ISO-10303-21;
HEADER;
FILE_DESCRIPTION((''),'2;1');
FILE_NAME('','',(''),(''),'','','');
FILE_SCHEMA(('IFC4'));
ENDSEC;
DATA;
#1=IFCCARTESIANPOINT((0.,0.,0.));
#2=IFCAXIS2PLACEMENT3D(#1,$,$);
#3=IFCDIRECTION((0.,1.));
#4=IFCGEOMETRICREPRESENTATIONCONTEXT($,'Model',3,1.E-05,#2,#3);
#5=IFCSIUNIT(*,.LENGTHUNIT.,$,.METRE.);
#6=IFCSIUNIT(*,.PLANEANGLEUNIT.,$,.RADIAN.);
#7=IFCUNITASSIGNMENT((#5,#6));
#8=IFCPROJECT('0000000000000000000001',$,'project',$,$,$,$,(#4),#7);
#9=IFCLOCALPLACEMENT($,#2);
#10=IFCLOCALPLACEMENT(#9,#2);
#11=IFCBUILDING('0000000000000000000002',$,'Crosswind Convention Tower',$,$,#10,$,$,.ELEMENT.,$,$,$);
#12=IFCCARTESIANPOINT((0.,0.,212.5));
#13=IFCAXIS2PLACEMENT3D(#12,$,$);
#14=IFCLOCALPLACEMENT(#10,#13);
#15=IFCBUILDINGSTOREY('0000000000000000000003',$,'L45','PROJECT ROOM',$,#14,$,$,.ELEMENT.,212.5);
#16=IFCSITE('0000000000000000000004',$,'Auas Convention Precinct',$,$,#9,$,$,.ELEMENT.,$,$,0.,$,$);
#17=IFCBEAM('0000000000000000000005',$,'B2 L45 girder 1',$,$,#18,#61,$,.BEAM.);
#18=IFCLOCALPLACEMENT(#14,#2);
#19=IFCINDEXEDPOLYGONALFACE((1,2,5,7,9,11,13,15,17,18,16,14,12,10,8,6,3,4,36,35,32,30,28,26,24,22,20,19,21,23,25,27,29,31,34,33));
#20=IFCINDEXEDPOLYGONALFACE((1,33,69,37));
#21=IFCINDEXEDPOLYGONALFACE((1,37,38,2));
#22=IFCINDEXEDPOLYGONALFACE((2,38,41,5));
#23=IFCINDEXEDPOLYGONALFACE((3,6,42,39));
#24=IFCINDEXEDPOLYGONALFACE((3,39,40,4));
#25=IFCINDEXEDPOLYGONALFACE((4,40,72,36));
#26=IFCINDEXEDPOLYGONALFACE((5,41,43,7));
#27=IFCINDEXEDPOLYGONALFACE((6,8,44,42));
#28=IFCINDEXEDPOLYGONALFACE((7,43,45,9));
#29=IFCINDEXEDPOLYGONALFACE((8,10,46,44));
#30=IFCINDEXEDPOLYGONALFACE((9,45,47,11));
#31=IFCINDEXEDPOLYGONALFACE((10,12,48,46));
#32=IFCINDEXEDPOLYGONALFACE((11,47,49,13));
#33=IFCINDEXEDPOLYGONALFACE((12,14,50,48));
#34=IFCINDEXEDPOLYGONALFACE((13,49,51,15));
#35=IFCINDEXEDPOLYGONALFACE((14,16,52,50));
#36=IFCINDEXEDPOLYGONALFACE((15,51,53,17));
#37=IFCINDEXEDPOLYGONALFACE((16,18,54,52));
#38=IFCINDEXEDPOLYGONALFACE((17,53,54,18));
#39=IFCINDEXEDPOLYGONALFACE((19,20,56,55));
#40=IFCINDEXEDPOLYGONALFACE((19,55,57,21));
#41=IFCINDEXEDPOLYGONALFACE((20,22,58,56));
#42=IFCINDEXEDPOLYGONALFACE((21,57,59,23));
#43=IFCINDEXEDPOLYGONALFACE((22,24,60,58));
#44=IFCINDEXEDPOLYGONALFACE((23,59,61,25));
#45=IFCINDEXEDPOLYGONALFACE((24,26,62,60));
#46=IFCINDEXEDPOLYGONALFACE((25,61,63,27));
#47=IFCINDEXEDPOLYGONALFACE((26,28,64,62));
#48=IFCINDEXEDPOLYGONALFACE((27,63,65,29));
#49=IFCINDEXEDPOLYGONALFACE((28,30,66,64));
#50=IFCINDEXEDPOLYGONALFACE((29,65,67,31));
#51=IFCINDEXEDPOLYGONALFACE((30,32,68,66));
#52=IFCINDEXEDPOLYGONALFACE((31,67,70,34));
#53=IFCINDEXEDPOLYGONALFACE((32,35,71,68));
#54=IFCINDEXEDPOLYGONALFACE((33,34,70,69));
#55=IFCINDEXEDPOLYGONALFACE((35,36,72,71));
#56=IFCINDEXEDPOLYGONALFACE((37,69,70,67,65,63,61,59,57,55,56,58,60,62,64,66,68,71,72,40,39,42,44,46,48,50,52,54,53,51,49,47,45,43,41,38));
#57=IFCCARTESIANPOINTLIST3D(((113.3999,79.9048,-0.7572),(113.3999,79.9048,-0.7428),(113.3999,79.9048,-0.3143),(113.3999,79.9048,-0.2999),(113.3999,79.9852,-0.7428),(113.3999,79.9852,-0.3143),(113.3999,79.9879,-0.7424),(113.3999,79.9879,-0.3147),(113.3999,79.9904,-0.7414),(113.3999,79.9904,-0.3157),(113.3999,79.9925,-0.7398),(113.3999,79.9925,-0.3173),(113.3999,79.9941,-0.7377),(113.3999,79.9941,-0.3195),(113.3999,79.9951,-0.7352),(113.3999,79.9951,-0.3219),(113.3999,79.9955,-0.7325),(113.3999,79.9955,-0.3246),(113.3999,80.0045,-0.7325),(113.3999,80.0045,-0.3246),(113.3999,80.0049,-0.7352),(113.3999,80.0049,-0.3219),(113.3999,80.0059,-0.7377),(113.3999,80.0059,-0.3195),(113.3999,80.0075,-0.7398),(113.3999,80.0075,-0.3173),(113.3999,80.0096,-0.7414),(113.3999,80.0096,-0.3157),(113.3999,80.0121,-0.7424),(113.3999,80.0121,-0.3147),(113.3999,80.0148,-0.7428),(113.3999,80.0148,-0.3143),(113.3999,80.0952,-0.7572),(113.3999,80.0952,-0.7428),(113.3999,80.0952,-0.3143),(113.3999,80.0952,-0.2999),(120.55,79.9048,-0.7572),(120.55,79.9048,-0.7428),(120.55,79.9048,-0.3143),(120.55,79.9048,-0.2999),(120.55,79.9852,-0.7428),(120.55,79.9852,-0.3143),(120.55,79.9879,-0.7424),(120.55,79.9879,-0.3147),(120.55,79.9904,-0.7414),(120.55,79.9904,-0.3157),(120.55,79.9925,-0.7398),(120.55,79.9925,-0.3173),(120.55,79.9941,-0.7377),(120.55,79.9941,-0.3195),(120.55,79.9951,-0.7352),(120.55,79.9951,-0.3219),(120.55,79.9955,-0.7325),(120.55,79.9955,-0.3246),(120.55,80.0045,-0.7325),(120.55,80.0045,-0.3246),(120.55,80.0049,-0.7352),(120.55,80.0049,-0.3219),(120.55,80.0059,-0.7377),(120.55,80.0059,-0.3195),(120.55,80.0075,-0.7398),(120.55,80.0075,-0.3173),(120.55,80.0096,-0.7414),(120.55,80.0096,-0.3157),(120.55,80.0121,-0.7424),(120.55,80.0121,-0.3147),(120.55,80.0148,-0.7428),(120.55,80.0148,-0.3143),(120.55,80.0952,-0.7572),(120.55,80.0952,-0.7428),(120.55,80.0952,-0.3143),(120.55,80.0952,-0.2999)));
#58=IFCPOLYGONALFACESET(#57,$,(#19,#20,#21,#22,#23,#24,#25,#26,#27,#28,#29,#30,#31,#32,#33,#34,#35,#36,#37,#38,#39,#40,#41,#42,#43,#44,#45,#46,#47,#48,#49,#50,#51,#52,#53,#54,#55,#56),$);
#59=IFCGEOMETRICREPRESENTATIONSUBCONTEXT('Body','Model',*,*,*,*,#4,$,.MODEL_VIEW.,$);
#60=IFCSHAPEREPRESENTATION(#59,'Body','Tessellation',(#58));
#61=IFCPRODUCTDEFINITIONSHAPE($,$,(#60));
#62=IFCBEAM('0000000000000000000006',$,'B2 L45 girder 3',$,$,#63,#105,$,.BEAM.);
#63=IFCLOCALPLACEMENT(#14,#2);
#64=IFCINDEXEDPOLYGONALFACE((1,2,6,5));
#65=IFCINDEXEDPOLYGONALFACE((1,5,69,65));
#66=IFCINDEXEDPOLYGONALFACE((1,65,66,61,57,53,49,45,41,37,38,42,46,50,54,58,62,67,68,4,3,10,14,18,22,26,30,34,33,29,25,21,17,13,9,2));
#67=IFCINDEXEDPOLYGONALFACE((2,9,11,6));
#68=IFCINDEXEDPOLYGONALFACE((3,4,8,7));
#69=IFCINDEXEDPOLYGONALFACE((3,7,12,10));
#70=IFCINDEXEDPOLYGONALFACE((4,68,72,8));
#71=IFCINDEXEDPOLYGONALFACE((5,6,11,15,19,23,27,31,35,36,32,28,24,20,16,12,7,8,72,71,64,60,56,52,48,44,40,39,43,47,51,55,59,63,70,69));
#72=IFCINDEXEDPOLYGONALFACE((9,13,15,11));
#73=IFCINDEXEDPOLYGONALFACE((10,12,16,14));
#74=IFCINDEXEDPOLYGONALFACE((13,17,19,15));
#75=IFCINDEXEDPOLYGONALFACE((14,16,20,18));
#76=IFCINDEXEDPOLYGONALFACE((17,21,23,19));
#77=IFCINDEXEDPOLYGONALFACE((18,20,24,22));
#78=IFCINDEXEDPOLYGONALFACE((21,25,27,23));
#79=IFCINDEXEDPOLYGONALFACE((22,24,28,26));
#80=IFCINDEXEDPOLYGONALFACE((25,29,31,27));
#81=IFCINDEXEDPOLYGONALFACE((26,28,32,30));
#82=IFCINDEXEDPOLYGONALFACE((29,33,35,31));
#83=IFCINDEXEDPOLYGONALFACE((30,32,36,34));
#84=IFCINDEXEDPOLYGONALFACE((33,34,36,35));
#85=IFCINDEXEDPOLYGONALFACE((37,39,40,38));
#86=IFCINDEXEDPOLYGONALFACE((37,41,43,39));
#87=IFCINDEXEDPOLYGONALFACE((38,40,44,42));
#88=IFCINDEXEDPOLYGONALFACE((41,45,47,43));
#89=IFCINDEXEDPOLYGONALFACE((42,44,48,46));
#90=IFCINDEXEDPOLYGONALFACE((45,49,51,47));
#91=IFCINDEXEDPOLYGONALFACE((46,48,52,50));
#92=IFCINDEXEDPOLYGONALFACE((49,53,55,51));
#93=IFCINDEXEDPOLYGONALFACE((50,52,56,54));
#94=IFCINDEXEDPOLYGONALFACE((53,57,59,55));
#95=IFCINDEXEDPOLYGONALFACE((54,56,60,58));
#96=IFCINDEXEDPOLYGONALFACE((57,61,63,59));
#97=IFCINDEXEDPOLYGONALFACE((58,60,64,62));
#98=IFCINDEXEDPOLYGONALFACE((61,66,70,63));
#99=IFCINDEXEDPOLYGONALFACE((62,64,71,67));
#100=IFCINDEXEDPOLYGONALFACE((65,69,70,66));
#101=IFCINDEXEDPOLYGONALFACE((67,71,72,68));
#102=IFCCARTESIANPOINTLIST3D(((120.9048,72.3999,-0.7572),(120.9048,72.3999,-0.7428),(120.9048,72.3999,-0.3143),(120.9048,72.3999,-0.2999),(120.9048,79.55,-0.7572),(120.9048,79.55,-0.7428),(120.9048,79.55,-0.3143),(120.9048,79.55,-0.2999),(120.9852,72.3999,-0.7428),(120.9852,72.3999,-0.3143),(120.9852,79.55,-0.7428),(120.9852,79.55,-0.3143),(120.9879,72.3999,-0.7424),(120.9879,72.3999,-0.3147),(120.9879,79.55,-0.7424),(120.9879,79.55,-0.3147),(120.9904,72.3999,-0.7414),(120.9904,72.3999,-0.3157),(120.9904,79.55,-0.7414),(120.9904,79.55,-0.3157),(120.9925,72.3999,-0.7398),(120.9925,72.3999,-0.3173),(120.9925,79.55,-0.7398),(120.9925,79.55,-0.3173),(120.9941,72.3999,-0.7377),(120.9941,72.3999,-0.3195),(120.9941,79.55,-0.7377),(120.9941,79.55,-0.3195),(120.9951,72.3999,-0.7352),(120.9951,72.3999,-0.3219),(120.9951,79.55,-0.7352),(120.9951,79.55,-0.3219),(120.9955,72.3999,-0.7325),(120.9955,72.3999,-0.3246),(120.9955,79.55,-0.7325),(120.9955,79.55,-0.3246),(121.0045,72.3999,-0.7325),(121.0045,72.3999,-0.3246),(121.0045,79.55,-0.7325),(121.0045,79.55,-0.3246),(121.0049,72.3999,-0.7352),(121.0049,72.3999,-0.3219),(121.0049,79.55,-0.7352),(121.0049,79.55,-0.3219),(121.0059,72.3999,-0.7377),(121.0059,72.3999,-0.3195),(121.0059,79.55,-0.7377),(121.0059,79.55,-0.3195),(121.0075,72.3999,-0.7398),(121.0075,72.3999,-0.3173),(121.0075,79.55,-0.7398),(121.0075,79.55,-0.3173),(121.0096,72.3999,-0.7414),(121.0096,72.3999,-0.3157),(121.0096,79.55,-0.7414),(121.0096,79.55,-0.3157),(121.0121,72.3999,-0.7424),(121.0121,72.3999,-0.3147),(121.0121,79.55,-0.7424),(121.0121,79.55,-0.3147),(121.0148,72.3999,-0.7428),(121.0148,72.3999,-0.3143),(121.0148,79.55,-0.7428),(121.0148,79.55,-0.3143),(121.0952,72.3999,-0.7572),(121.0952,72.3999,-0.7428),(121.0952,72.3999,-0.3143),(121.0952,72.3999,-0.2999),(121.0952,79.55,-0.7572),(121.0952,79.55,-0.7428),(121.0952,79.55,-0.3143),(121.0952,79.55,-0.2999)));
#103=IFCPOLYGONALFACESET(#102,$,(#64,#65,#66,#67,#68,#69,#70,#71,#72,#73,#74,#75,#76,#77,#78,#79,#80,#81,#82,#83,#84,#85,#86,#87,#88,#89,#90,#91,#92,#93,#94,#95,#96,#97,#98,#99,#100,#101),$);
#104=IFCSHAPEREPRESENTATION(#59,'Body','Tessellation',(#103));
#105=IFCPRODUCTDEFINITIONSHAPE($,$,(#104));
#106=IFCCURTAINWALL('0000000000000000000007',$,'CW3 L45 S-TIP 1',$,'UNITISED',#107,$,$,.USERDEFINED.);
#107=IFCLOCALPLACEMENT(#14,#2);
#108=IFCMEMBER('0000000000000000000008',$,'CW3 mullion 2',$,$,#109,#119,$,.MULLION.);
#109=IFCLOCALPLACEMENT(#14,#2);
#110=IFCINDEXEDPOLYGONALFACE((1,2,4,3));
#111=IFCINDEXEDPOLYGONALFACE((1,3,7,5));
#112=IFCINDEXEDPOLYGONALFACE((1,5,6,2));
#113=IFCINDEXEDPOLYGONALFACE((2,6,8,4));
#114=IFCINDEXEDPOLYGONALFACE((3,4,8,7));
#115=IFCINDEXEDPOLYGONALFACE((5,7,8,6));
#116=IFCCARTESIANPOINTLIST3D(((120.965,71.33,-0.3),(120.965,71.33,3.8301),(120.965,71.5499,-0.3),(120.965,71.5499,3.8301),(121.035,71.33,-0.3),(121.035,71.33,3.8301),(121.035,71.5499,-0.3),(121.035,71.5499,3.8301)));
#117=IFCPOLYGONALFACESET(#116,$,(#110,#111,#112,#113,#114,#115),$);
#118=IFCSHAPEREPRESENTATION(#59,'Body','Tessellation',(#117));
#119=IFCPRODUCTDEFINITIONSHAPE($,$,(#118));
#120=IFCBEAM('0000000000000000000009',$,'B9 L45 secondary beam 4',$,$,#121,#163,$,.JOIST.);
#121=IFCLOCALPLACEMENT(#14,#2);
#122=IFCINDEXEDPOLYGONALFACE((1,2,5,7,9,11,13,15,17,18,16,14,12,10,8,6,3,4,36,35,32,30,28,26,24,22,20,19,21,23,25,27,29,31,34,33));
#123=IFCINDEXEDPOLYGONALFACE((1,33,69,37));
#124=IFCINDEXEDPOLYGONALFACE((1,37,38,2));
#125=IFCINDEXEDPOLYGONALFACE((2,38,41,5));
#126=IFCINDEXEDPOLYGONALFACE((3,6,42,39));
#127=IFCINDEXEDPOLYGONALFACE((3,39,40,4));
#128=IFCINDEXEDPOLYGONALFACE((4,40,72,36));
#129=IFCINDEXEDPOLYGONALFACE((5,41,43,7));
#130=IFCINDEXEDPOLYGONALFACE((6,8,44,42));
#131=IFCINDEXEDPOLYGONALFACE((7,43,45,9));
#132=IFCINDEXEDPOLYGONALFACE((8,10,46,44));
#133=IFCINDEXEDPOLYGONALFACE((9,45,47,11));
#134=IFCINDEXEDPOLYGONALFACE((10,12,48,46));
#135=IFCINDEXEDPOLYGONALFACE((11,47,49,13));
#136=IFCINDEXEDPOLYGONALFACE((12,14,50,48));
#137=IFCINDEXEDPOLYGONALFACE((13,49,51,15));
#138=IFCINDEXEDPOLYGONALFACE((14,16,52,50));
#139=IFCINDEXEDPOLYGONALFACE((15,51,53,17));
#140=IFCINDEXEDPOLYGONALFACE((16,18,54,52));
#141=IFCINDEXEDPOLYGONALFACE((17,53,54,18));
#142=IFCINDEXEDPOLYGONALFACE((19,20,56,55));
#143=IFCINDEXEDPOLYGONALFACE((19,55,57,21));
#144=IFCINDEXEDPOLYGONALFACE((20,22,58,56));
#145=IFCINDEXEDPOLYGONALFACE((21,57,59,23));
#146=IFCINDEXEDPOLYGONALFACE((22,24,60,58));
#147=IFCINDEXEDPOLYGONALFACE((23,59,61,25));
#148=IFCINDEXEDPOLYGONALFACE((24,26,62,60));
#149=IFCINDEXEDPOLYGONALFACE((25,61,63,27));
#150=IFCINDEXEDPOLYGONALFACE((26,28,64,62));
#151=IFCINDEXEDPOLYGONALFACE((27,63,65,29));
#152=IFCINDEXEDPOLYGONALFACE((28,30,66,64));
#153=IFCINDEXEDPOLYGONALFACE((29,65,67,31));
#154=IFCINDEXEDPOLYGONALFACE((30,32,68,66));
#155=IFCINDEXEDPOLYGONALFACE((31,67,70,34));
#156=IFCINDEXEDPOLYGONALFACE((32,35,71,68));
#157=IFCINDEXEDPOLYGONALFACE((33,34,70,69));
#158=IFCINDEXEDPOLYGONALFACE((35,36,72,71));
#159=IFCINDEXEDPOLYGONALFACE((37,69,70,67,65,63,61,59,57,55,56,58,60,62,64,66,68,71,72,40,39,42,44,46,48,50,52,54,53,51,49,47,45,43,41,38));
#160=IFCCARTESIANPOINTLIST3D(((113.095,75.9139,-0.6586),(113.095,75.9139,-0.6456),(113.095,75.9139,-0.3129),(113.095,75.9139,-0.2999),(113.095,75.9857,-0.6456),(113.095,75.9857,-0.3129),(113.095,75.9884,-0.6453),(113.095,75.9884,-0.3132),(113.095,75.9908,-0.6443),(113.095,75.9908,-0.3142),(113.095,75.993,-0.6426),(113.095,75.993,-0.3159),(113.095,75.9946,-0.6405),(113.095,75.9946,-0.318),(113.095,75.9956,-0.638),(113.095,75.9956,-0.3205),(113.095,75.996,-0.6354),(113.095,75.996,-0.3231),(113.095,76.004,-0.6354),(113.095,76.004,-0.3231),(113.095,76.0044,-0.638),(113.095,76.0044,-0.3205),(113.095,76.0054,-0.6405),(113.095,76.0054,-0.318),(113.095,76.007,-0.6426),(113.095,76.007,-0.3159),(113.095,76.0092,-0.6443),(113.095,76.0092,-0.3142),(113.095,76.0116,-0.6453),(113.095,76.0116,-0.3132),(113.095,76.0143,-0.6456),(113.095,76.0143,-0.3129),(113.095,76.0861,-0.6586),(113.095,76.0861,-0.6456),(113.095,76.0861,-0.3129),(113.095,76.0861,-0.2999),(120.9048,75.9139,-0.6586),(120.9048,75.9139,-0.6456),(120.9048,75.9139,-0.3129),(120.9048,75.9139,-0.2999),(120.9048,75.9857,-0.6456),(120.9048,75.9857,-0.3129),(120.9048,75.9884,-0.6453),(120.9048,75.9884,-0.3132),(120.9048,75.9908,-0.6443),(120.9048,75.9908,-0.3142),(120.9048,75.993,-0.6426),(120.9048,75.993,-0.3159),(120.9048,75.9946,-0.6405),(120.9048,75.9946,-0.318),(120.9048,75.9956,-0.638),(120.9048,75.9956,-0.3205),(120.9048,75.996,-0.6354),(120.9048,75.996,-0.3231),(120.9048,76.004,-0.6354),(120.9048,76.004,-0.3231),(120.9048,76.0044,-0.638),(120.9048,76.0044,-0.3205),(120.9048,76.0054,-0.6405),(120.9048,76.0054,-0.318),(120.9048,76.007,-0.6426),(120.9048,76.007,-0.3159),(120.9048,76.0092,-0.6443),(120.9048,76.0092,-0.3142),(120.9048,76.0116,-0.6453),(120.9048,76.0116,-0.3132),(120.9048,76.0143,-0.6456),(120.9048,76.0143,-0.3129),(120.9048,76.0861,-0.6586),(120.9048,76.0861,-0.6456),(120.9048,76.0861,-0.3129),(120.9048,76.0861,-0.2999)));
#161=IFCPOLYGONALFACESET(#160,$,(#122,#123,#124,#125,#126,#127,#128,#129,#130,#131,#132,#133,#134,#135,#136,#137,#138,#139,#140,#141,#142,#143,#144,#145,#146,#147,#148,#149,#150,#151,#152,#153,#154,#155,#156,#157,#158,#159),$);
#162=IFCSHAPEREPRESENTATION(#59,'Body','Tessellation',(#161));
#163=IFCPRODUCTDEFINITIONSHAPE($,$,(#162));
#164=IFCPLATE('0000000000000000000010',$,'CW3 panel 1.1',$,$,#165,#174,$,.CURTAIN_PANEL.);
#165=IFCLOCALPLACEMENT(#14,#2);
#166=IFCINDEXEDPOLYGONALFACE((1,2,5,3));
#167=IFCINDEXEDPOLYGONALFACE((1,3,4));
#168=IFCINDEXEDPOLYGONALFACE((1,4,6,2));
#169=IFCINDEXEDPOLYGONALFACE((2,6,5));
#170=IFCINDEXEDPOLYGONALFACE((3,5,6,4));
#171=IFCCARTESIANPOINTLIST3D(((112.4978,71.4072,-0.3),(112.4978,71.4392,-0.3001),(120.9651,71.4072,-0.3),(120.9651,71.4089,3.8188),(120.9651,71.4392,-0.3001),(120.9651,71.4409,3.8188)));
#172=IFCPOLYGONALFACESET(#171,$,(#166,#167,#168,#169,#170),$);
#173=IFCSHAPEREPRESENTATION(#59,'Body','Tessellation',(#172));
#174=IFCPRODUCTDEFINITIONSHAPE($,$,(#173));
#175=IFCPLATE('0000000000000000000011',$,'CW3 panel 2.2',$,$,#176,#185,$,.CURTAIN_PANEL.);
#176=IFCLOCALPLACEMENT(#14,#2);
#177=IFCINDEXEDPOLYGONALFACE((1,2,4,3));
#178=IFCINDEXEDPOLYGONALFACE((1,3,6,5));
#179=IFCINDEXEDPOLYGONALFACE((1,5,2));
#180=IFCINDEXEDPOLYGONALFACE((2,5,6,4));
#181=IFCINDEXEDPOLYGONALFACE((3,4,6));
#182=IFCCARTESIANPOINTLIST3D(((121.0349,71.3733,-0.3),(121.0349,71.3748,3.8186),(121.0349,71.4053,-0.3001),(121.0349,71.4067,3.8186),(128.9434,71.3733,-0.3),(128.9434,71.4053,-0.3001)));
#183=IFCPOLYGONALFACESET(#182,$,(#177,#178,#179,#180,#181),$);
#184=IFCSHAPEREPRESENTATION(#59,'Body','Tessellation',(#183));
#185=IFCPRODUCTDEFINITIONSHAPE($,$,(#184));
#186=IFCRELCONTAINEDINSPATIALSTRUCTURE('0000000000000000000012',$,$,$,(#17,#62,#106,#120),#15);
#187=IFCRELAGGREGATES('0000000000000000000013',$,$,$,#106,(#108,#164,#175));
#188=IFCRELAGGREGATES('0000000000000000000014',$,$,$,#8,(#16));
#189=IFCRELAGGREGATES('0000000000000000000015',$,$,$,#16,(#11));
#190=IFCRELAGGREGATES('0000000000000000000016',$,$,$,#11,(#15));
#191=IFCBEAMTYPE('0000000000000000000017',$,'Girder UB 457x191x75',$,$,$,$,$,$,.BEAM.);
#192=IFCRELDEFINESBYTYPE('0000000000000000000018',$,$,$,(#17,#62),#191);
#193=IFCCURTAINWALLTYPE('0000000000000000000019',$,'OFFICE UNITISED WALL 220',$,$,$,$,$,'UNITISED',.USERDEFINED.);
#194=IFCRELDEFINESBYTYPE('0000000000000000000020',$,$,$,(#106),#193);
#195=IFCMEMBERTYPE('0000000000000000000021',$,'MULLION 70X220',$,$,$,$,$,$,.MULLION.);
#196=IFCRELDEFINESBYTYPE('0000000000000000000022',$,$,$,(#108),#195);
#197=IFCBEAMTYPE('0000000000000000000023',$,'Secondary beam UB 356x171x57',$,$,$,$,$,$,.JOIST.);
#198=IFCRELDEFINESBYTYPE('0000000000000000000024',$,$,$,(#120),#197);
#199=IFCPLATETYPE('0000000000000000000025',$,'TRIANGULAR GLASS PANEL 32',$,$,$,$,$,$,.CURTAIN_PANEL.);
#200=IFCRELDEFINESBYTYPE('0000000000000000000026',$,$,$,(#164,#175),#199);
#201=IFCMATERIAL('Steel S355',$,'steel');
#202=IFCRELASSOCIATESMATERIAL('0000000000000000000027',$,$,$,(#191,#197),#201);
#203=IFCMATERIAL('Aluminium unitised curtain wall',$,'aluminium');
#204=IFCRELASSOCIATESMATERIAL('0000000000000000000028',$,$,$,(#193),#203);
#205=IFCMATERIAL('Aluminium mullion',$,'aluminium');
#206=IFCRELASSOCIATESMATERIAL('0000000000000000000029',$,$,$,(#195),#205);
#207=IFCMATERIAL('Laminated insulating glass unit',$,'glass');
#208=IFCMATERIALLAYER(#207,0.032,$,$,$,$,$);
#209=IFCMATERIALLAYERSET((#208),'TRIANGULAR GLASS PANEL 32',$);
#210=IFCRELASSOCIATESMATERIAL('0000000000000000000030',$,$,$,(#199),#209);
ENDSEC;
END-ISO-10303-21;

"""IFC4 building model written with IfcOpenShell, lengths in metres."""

from ifc_helpers import new_model, si_unit, direction, frame, origin, origin_2d, place, context, subcontext, project, spatial, polyline, rectangle, i_section, outline, extrude, material, layer, layer_set, material_profile, profile_set, type_object, element, aggregate, save


model = new_model("IFC4")

# Units and contexts
model_context = context("Model", 3, precision=1e-05, world=origin(), true_north=direction((0.0, 1.0)))
body_context = subcontext(model_context, "Body", "Model", "MODEL_VIEW")
ifc_project = project(units=[si_unit("LENGTHUNIT", "METRE"), si_unit("PLANEANGLEUNIT", "RADIAN")], contexts=[model_context])

# Site, building, storey
site_placement = place(None, origin())
site = spatial("IfcSite", under=ifc_project, at=site_placement, Name="Auas Convention Precinct", CompositionType="ELEMENT", RefElevation=0.0)
building_placement = place(site_placement, origin())
building = spatial("IfcBuilding", under=site, at=building_placement, Name="Crosswind Convention Tower", CompositionType="ELEMENT")
storey_placement = place(building_placement, frame((0.0, 0.0, 212.5)))
storey = spatial("IfcBuildingStorey", under=building, at=storey_placement, Name="L45", Description="PROJECT ROOM", CompositionType="ELEMENT", Elevation=212.5)

# Beams
ifc_material_1 = material(Name="Steel S355", Category="steel")
ifc_material_profile_1 = material_profile(ifc_material_1, i_section(OverallWidth=0.1904, OverallDepth=0.4573, WebThickness=0.009, FlangeThickness=0.0144, FilletRadius=0.0103, at=origin_2d()), Name="UB 457x191x75")
ifc_profile_set_1 = profile_set([ifc_material_profile_1], Name="Steel S355")
beam_type_1 = type_object("IfcBeamType", Name="Girder UB 457x191x75", PredefinedType="BEAM", material=ifc_profile_set_1)
for number, where, z_axis, x_axis, name in (
    (1, (113.3999, 80.0, -0.5286), (1.0, 0.0, 0.0), (0.0, 1.0, 0.0), "B2 L45 girder 1"),
    (2, (121.0, 72.3999, -0.5286), (0.0, 1.0, 0.0), (-1.0, 0.0, 0.0), "B2 L45 girder 3"),
):
    element("IfcBeam", number, at=place(storey_placement, frame(where, z_axis=z_axis, x_axis=x_axis)), inside=storey, type_object=beam_type_1, Name=name, PredefinedType="BEAM", context=body_context, shape_type="SweptSolid", body=[
        extrude(i_section(OverallWidth=0.1904, OverallDepth=0.4573, WebThickness=0.009, FlangeThickness=0.0144, FilletRadius=0.0103, at=origin_2d()), origin(), (0.0, 0.0, 1.0), 7.1501),
    ])

# Curtain wall, member
ifc_material_2 = material(Name="Aluminium unitised curtain wall", Category="aluminium")
curtain_wall_type = type_object("IfcCurtainWallType", Name="OFFICE UNITISED WALL 220", ElementType="UNITISED", PredefinedType="USERDEFINED", material=ifc_material_2)
curtain_wall_placement = place(storey_placement, origin())
curtain_wall = element("IfcCurtainWall", 3, at=curtain_wall_placement, inside=storey, type_object=curtain_wall_type, Name="CW3 L45 S-TIP 1", ObjectType="UNITISED", PredefinedType="USERDEFINED")
ifc_material_3 = material(Name="Aluminium mullion", Category="aluminium")
ifc_material_profile_2 = material_profile(ifc_material_3, rectangle(XDim=0.22, YDim=0.0701, at=origin_2d()), Name="AL 220X70")
ifc_profile_set_2 = profile_set([ifc_material_profile_2], Name="Aluminium mullion")
member_type = type_object("IfcMemberType", Name="MULLION 70X220", PredefinedType="MULLION", material=ifc_profile_set_2)
member_placement = place(storey_placement, frame((121.0, 71.4399, -0.3), z_axis=(0.0, 0.0, 1.0), x_axis=(0.0, -1.0, 0.0)))
member = element("IfcMember", 4, at=member_placement, type_object=member_type, Name="CW3 mullion 2", PredefinedType="MULLION", context=body_context, shape_type="SweptSolid", body=[
    extrude(rectangle(XDim=0.22, YDim=0.0701, at=origin_2d()), origin(), (0.0, 0.0, 1.0), 4.1301),
])

# Beam
ifc_material_profile_3 = material_profile(ifc_material_1, i_section(OverallWidth=0.1721, OverallDepth=0.3586, WebThickness=0.0081, FlangeThickness=0.0129, FilletRadius=0.0103, at=origin_2d()), Name="UB 356x171x57")
ifc_profile_set_3 = profile_set([ifc_material_profile_3], Name="Steel S355")
beam_type_2 = type_object("IfcBeamType", Name="Secondary beam UB 356x171x57", PredefinedType="JOIST", material=ifc_profile_set_3)
beam_placement = place(storey_placement, frame((113.095, 76.0, -0.4792), z_axis=(1.0, 0.0, 0.0), x_axis=(0.0, 1.0, 0.0)))
element("IfcBeam", 5, at=beam_placement, inside=storey, type_object=beam_type_2, Name="B9 L45 secondary beam 4", PredefinedType="JOIST", context=body_context, shape_type="SweptSolid", body=[
    extrude(i_section(OverallWidth=0.1721, OverallDepth=0.3586, WebThickness=0.0081, FlangeThickness=0.0129, FilletRadius=0.0103, at=origin_2d()), origin(), (0.0, 0.0, 1.0), 7.8098),
])

# Plates
ifc_material_4 = material(Name="Laminated insulating glass unit", Category="glass")
ifc_layer_1 = layer(ifc_material_4, 0.032)
ifc_layer_set_1 = layer_set([ifc_layer_1], Name="TRIANGULAR GLASS PANEL 32")
plate_type = type_object("IfcPlateType", Name="TRIANGULAR GLASS PANEL 32", PredefinedType="CURTAIN_PANEL", material=ifc_layer_set_1)
plate_1_placement = place(storey_placement, frame((120.9651, 71.4072, -0.3), z_axis=(0.0, -1.0, 0.000415), x_axis=(0.0, 0.000415, 1.0)))
plate_1 = element("IfcPlate", 6, at=plate_1_placement, type_object=plate_type, Name="CW3 panel 1.1", PredefinedType="CURTAIN_PANEL", context=body_context, shape_type="SweptSolid", body=[
    extrude(outline(polyline([(0.0, 0.0), (4.1189, 0.0), (0.0, 8.4673), (0.0, 0.0)])), origin(), (0.0, 0.0, -1.0), 0.032),
])
plate_2_placement = place(storey_placement, frame((121.0349, 71.3733, -0.3), z_axis=(0.0, -1.0, 0.000356), x_axis=(1.0, 0.0, 0.0)))
plate_2 = element("IfcPlate", 7, at=plate_2_placement, type_object=plate_type, Name="CW3 panel 2.2", PredefinedType="CURTAIN_PANEL", context=body_context, shape_type="SweptSolid", body=[
    extrude(outline(polyline([(0.0, 0.0), (7.9084, 0.0), (0.0, 4.1187), (0.0, 0.0)])), origin(), (0.0, 0.0, -1.0), 0.032),
])
aggregate(curtain_wall, [member, plate_1, plate_2])

save(model, "model.ifc")
